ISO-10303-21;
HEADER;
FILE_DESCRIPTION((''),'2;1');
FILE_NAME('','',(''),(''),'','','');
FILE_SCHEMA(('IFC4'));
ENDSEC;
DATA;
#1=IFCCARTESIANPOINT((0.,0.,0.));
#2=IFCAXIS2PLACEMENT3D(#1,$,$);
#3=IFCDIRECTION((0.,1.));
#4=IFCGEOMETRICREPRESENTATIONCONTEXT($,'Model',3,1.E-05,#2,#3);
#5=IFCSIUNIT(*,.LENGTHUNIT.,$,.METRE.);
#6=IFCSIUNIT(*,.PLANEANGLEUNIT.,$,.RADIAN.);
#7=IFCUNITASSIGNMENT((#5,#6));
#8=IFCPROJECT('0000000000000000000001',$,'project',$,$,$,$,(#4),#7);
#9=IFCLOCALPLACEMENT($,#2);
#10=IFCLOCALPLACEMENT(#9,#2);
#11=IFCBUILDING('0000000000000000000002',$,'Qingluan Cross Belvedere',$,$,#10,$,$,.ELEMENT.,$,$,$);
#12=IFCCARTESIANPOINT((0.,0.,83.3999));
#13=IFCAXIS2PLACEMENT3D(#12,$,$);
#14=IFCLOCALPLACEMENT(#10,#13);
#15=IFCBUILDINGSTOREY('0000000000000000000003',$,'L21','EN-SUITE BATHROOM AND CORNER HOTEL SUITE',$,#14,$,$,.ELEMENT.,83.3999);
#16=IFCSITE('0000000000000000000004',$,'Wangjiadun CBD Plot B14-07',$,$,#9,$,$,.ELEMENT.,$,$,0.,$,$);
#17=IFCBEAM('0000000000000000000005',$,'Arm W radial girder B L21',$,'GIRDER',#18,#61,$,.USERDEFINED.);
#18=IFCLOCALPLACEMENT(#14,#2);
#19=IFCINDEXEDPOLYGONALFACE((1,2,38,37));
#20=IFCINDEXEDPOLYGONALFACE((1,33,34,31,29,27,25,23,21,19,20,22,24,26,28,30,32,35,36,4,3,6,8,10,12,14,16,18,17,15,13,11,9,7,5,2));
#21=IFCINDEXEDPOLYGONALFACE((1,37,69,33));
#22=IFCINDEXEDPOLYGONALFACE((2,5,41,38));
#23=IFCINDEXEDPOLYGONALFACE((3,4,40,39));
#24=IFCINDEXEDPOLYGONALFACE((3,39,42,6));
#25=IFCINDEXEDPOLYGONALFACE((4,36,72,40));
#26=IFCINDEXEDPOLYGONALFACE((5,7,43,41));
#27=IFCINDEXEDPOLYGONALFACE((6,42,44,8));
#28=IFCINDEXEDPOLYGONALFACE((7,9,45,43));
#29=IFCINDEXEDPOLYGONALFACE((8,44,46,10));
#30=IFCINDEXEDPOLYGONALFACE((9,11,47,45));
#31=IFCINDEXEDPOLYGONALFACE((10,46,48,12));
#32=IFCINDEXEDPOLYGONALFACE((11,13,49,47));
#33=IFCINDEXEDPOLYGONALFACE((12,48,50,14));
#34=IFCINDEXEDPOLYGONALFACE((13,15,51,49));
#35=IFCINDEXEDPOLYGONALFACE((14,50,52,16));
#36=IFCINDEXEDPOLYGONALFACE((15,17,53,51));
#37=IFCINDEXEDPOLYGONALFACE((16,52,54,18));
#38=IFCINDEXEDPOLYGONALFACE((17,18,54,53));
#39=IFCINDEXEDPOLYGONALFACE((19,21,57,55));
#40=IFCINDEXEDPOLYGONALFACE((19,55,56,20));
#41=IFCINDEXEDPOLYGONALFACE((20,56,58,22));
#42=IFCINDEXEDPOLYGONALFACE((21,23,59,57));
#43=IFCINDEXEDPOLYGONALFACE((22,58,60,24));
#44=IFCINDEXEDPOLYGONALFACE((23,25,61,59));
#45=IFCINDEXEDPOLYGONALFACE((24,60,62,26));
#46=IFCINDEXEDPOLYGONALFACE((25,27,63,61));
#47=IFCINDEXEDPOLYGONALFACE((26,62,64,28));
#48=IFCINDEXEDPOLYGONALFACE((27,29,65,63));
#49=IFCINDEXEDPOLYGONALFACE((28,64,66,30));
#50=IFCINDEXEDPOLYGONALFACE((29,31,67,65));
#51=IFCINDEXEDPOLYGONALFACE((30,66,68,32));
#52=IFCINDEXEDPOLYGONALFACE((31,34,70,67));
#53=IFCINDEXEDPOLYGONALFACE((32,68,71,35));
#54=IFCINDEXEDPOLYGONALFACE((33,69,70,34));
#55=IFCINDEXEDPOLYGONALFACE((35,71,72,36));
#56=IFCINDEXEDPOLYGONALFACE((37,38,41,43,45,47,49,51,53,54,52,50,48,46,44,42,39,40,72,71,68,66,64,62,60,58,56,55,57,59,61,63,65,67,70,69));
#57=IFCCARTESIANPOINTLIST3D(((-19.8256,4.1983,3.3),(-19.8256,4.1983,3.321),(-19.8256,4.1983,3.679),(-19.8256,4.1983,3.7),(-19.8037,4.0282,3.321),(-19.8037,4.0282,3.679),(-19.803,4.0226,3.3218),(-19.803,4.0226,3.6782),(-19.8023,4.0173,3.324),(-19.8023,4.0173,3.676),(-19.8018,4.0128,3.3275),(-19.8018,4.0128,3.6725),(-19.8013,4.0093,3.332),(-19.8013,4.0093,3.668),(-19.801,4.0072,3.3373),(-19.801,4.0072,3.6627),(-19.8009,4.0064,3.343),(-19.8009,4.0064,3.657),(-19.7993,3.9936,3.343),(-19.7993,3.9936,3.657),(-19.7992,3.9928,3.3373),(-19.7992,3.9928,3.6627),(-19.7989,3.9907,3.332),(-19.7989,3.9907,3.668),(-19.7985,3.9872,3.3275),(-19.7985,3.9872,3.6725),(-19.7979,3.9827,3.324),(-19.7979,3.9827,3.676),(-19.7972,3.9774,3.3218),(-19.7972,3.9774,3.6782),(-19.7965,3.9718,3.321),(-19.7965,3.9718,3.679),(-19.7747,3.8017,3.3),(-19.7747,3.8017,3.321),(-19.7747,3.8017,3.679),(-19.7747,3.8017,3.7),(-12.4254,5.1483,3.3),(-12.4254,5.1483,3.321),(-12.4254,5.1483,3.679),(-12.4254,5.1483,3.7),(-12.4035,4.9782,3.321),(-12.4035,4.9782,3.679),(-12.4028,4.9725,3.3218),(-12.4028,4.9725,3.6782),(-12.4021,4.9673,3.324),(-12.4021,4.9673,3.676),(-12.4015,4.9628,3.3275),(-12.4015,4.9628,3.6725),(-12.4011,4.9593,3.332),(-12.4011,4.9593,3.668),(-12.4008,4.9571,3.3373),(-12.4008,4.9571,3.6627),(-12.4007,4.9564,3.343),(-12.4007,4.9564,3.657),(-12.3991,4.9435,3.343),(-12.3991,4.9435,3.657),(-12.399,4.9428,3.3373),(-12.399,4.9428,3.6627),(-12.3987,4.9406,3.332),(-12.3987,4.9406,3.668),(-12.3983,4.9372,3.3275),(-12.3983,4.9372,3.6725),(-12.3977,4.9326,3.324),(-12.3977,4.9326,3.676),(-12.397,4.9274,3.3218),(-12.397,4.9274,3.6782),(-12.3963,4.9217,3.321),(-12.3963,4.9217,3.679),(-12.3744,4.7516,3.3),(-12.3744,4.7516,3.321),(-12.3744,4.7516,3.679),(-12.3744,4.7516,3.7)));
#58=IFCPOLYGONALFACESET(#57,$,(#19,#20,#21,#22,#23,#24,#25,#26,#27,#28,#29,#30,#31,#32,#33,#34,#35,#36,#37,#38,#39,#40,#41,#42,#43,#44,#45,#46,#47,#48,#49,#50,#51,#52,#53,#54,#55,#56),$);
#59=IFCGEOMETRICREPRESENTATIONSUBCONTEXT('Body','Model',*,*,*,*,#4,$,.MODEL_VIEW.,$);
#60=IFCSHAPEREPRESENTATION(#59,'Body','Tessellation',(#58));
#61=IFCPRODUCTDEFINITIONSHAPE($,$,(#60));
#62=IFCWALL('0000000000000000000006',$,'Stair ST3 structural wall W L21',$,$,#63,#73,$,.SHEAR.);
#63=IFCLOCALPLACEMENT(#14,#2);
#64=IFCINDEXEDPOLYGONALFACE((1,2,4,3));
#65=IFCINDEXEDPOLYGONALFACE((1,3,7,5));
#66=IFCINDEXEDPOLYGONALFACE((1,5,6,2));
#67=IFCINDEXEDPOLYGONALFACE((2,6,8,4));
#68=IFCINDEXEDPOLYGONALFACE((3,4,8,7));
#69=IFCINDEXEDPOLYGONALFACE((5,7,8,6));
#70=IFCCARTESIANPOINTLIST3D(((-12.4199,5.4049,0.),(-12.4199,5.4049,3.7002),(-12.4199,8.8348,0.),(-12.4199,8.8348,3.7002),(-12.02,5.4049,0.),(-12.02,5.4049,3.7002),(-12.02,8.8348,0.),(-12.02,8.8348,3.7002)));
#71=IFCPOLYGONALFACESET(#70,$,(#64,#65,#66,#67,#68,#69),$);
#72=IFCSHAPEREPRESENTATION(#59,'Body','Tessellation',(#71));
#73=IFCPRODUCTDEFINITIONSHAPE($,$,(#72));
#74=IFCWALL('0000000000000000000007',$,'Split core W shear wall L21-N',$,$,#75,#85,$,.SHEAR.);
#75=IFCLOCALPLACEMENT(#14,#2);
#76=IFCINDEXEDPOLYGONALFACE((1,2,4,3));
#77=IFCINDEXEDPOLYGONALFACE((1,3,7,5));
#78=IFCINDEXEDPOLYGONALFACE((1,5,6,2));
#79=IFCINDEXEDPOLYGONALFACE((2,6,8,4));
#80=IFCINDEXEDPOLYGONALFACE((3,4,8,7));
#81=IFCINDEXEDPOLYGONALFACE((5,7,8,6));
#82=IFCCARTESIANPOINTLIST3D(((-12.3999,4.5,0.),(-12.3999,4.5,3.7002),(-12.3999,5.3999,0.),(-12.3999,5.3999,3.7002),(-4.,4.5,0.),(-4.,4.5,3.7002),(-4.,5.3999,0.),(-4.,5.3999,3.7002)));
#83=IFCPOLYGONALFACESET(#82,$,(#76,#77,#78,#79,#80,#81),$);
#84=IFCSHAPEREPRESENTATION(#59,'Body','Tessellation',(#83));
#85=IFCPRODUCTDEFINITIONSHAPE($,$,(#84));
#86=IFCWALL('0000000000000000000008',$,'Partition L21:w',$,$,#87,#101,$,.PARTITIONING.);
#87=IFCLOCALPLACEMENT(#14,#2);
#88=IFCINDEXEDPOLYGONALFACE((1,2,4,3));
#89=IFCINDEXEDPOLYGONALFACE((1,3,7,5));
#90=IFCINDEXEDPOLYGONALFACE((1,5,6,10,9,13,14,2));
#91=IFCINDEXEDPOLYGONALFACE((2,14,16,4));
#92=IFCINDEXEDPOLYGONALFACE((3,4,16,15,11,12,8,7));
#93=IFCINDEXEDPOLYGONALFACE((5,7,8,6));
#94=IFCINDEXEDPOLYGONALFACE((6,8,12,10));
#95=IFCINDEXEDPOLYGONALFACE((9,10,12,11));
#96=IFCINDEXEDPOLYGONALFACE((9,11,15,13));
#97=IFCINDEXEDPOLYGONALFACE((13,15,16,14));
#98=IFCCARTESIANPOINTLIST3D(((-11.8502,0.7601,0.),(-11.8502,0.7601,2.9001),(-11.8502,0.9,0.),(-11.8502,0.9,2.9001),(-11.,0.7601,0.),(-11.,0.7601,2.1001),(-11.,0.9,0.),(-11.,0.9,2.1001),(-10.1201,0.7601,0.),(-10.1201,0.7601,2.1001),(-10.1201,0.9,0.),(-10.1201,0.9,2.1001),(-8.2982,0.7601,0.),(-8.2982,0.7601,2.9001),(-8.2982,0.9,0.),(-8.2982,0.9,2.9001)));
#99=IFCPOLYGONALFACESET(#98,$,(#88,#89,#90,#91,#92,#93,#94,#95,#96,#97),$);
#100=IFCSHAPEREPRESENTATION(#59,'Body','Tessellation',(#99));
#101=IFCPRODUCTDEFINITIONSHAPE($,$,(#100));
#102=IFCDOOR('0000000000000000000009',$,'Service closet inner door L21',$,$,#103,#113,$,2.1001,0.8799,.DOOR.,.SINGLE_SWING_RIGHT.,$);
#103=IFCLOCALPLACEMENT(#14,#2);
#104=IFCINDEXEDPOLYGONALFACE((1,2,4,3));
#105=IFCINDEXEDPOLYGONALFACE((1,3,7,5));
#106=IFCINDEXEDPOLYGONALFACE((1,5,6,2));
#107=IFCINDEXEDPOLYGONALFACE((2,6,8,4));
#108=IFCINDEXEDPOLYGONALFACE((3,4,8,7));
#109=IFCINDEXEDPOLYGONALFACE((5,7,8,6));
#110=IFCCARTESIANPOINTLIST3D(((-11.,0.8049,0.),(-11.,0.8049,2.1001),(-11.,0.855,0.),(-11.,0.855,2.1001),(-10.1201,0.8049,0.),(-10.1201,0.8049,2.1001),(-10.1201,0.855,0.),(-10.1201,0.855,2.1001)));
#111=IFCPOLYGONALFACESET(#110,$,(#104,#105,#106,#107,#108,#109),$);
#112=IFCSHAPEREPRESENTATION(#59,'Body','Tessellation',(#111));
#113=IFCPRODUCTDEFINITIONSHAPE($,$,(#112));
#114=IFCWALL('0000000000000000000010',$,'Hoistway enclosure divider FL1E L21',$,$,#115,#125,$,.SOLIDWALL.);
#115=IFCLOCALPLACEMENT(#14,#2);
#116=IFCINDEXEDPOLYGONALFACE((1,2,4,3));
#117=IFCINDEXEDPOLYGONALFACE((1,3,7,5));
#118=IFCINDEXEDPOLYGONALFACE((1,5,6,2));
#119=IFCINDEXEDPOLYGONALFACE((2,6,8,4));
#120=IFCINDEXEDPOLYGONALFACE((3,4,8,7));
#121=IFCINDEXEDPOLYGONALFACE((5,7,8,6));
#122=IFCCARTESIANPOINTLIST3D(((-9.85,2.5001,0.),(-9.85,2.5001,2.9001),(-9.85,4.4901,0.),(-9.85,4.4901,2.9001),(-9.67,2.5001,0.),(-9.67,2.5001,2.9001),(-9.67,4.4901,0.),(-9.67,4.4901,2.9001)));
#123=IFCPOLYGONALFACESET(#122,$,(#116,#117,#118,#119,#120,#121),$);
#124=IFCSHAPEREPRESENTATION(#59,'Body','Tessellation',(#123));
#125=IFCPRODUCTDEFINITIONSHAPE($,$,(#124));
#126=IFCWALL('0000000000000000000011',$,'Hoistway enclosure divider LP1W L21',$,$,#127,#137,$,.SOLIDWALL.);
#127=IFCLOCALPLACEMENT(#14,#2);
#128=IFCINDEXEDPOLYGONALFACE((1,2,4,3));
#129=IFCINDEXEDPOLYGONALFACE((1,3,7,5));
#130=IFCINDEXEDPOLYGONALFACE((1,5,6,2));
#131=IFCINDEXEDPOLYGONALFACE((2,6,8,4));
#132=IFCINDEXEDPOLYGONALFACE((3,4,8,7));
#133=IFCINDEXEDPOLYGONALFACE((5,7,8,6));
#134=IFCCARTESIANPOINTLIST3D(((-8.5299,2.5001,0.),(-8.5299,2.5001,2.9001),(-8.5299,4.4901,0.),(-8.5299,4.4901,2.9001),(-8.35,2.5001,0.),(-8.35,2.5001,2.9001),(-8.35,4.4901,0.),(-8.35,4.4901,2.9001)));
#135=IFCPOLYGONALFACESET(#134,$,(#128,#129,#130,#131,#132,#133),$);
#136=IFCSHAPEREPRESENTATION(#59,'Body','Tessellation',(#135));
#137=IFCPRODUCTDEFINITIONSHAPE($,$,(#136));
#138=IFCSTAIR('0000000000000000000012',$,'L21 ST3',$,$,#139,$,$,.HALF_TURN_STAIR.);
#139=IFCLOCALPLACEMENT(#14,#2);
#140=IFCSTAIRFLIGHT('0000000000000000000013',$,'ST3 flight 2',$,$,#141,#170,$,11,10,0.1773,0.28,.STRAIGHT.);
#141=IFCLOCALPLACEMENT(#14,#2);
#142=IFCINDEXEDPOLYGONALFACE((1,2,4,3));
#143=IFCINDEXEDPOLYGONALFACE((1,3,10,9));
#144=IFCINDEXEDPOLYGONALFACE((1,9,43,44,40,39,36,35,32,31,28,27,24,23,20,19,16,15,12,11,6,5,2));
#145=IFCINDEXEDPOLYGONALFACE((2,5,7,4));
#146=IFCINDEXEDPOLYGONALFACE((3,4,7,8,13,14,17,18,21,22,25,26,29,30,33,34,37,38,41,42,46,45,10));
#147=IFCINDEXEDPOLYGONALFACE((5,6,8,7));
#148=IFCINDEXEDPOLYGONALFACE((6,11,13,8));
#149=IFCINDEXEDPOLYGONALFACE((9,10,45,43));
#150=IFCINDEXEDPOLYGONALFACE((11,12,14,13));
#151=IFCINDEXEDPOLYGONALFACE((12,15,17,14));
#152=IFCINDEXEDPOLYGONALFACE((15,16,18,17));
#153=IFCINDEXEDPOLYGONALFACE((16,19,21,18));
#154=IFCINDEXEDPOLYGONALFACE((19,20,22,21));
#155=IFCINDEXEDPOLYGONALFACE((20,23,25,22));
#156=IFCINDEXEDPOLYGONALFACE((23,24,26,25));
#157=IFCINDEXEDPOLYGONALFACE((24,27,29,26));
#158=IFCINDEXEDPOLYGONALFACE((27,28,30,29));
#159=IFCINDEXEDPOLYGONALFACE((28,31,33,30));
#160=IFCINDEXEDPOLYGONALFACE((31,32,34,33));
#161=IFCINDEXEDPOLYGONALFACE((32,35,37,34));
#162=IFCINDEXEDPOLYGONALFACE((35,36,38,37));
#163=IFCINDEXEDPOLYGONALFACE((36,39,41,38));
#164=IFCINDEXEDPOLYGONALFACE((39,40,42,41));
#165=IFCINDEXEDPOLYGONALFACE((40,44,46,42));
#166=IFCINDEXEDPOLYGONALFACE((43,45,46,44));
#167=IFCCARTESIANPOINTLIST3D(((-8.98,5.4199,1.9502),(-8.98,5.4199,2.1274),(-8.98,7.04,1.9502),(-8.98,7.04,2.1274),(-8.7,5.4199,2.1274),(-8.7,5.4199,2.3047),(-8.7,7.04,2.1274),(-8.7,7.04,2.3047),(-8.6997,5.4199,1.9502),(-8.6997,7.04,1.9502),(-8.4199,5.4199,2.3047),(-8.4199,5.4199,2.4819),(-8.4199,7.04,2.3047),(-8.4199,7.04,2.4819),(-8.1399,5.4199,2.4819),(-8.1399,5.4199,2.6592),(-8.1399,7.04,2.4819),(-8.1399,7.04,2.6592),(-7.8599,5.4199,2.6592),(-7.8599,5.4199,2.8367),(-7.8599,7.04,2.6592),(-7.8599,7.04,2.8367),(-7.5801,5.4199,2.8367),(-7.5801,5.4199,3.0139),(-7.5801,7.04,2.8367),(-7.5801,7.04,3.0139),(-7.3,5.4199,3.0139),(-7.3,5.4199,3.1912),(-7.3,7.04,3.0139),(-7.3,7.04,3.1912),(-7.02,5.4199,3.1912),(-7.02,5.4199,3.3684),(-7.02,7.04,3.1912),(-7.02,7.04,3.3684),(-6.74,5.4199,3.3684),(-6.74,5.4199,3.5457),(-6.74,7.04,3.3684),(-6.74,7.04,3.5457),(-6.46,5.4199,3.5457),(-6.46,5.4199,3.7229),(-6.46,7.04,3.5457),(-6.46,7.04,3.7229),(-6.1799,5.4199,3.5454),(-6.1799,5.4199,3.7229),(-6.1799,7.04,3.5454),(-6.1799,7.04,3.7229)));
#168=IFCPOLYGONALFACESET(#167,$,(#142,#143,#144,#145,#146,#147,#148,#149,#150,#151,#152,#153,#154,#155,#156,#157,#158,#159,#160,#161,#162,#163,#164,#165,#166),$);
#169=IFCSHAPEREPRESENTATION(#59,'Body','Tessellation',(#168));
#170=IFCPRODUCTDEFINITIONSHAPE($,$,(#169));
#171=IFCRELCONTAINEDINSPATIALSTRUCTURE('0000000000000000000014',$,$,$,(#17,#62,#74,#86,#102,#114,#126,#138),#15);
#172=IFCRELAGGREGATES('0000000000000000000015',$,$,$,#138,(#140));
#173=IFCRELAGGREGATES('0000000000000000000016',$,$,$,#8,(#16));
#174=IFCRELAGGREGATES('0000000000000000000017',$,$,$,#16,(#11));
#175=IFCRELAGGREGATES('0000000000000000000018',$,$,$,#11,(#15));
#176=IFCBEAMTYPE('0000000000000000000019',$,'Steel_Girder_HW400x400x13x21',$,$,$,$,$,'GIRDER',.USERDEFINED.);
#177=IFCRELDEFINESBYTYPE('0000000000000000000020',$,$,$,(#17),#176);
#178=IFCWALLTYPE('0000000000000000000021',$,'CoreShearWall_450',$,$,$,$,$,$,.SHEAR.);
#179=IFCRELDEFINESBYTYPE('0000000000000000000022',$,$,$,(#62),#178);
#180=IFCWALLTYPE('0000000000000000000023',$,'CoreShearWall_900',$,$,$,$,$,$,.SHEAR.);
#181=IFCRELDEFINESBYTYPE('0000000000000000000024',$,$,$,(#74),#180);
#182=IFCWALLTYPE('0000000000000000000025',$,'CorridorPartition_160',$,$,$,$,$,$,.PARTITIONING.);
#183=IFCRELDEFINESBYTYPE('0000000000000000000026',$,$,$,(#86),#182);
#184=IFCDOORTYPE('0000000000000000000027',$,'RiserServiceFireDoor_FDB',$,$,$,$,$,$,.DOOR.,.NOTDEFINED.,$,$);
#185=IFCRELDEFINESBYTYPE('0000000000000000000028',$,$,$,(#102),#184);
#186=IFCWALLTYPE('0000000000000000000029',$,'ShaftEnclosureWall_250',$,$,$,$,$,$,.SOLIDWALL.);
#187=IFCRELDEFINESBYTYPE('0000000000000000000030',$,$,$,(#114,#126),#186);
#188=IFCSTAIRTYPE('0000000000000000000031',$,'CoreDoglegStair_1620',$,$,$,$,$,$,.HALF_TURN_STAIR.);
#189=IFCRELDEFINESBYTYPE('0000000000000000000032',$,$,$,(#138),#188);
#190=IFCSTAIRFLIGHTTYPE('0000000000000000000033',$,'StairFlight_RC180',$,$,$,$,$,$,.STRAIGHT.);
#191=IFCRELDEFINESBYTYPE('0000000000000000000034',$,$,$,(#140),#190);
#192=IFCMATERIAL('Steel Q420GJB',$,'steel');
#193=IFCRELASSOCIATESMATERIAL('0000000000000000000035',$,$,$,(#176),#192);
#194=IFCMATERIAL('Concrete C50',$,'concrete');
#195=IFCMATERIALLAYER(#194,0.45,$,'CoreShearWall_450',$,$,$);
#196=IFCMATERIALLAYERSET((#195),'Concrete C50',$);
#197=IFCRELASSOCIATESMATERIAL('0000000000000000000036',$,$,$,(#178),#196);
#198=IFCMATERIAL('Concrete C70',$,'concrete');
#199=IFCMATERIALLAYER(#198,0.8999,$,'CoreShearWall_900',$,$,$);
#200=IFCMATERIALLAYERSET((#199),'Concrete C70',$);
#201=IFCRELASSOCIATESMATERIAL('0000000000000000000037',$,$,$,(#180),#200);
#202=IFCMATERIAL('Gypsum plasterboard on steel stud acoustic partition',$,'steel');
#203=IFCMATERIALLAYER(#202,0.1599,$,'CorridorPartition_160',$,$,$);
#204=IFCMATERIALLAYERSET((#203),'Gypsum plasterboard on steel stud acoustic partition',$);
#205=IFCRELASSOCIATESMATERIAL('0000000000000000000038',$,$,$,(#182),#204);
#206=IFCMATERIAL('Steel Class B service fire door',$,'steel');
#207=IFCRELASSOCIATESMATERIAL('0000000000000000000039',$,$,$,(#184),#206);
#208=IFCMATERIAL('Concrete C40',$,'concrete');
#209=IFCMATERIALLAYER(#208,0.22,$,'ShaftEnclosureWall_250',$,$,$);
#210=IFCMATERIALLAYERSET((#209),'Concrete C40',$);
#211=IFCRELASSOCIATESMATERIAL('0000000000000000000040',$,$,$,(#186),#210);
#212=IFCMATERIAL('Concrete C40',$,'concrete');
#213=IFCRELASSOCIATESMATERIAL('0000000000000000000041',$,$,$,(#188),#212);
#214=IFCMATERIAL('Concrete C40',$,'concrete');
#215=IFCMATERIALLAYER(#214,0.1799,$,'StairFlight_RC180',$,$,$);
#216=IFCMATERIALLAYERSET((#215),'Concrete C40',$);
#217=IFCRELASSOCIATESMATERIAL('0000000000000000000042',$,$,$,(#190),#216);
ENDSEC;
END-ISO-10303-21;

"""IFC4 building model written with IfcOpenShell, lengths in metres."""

from ifc_helpers import new_model, si_unit, direction, frame, frame_2d, origin, origin_2d, place, context, subcontext, project, spatial, polyline, rectangle, i_section, outline, extrude, material, layer, layer_set, material_profile, profile_set, type_object, element, fill, aggregate, save


model = new_model("IFC4")

# Units and contexts
model_context = context("Model", 3, precision=1e-05, world=origin(), true_north=direction((0.0, 1.0)))
body_context = subcontext(model_context, "Body", "Model", "MODEL_VIEW")
ifc_project = project(units=[si_unit("LENGTHUNIT", "METRE"), si_unit("PLANEANGLEUNIT", "RADIAN")], contexts=[model_context])

# Site, building, storey
site_placement = place(None, origin())
site = spatial("IfcSite", under=ifc_project, at=site_placement, Name="Wangjiadun CBD Plot B14-07", CompositionType="ELEMENT", RefElevation=0.0)
building_placement = place(site_placement, origin())
building = spatial("IfcBuilding", under=site, at=building_placement, Name="Qingluan Cross Belvedere", CompositionType="ELEMENT")
storey_placement = place(building_placement, frame((0.0, 0.0, 83.3999)))
storey = spatial("IfcBuildingStorey", under=building, at=storey_placement, Name="L21", Description="EN-SUITE BATHROOM AND CORNER HOTEL SUITE", CompositionType="ELEMENT", Elevation=83.3999)

# Beam
ifc_material_1 = material(Name="Steel Q420GJB", Category="steel")
ifc_material_profile_1 = material_profile(ifc_material_1, i_section(OverallWidth=0.3999, OverallDepth=0.3999, WebThickness=0.0129, FlangeThickness=0.021, FilletRadius=0.022, at=origin_2d()), Name="HW400x400x13x21")
ifc_profile_set_1 = profile_set([ifc_material_profile_1], Name="Steel Q420GJB")
beam_type_1 = type_object("IfcBeamType", Name="Steel_Girder_HW400x400x13x21", ElementType="GIRDER", PredefinedType="USERDEFINED", material=ifc_profile_set_1)
beam_1_placement = place(storey_placement, frame((-12.3999, 4.95, 3.5), z_axis=(-0.991861, -0.127324, 0.0), x_axis=(0.127324, -0.991861, 0.0)))
element("IfcBeam", 1, at=beam_1_placement, inside=storey, type_object=beam_type_1, Name="Arm W radial girder B L21", ObjectType="GIRDER", PredefinedType="USERDEFINED", context=body_context, shape_type="SweptSolid", body=[
    extrude(i_section(OverallWidth=0.3999, OverallDepth=0.3999, WebThickness=0.0129, FlangeThickness=0.021, FilletRadius=0.022, at=origin_2d()), origin(), (0.0, 0.0, 1.0), 7.4609),
])

# Wall
ifc_material_2 = material(Name="Concrete C50", Category="concrete")
ifc_layer_1 = layer(ifc_material_2, 0.45, Name="CoreShearWall_450")
ifc_layer_set_1 = layer_set([ifc_layer_1], Name="Concrete C50")
wall_type_1 = type_object("IfcWallType", Name="CoreShearWall_450", PredefinedType="SHEAR", material=ifc_layer_set_1)
wall_1_placement = place(storey_placement, frame((-12.22, 5.405, 0.0), z_axis=(0.0, 0.0, 1.0), x_axis=(0.0, 1.0, 0.0)))
element("IfcWall", 2, at=wall_1_placement, inside=storey, type_object=wall_type_1, Name="Stair ST3 structural wall W L21", PredefinedType="SHEAR", context=body_context, shape_type="SweptSolid", body=[
    extrude(rectangle(XDim=3.4299, YDim=0.3999, at=frame_2d((1.7148, 0.0))), origin(), (0.0, 0.0, 1.0), 3.7002),
])

# Wall
ifc_material_3 = material(Name="Concrete C70", Category="concrete")
ifc_layer_2 = layer(ifc_material_3, 0.8999, Name="CoreShearWall_900")
ifc_layer_set_2 = layer_set([ifc_layer_2], Name="Concrete C70")
wall_type_2 = type_object("IfcWallType", Name="CoreShearWall_900", PredefinedType="SHEAR", material=ifc_layer_set_2)
wall_2_placement = place(storey_placement, frame((-12.3999, 4.95, 0.0), z_axis=(0.0, 0.0, 1.0), x_axis=(1.0, 0.0, 0.0)))
element("IfcWall", 3, at=wall_2_placement, inside=storey, type_object=wall_type_2, Name="Split core W shear wall L21-N", PredefinedType="SHEAR", context=body_context, shape_type="SweptSolid", body=[
    extrude(rectangle(XDim=8.3999, YDim=0.8999, at=frame_2d((4.2, 0.0))), origin(), (0.0, 0.0, 1.0), 3.7002),
])

# Wall, opening, door
ifc_material_4 = material(Name="Gypsum plasterboard on steel stud acoustic partition", Category="steel")
ifc_layer_3 = layer(ifc_material_4, 0.1599, Name="CorridorPartition_160")
ifc_layer_set_3 = layer_set([ifc_layer_3], Name="Gypsum plasterboard on steel stud acoustic partition")
wall_type_3 = type_object("IfcWallType", Name="CorridorPartition_160", PredefinedType="PARTITIONING", material=ifc_layer_set_3)
wall_3_placement = place(storey_placement, frame((-11.8501, 0.8301, 0.0), z_axis=(0.0, 0.0, 1.0), x_axis=(1.0, 0.0, 0.0)))
wall_3 = element("IfcWall", 4, at=wall_3_placement, inside=storey, type_object=wall_type_3, Name="Partition L21:w", PredefinedType="PARTITIONING", context=body_context, shape_type="SweptSolid", body=[
    extrude(rectangle(XDim=3.552, YDim=0.1399, at=frame_2d((1.7759, 0.0))), origin(), (0.0, 0.0, 1.0), 2.9001),
])
opening_1_placement = place(wall_3_placement, frame((0.8501, 0.0, 0.0)))
opening_1 = element("IfcOpeningElement", 5, at=opening_1_placement, cuts=wall_3, PredefinedType="OPENING", context=body_context, shape_type="SweptSolid", body=[
    extrude(rectangle(XDim=0.8799, YDim=2.1001, at=frame_2d((0.4399, 1.05))), frame((0.0, 0.0798, 0.0), z_axis=(0.0, -1.0, 0.0), x_axis=(1.0, 0.0, 0.0)), (0.0, 0.0, 1.0), 0.1599),
])
ifc_material_5 = material(Name="Steel Class B service fire door", Category="steel")
door_type_1 = type_object("IfcDoorType", Name="RiserServiceFireDoor_FDB", OperationType="NOTDEFINED", PredefinedType="DOOR", material=ifc_material_5)
door_1_placement = place(opening_1_placement, origin())
door_1 = element("IfcDoor", 6, at=door_1_placement, inside=storey, type_object=door_type_1, Name="Service closet inner door L21", OperationType="SINGLE_SWING_RIGHT", OverallHeight=2.1001, OverallWidth=0.8799, PredefinedType="DOOR", context=body_context, shape_type="SweptSolid", body=[
    extrude(rectangle(XDim=0.8799, YDim=2.1001, at=frame_2d((0.4399, 1.05))), frame((0.0, 0.0249, 0.0), z_axis=(0.0, -1.0, 0.0), x_axis=(1.0, 0.0, 0.0)), (0.0, 0.0, 1.0), 0.05),
])
fill(opening_1, door_1)

# Shared definitions
ifc_material_6 = material(Name="Concrete C40", Category="concrete")
ifc_layer_4 = layer(ifc_material_6, 0.22, Name="ShaftEnclosureWall_250")
ifc_layer_set_4 = layer_set([ifc_layer_4], Name="Concrete C40")
wall_type_4 = type_object("IfcWallType", Name="ShaftEnclosureWall_250", PredefinedType="SOLIDWALL", material=ifc_layer_set_4)

# Walls
for number, where, z_axis, x_axis, name in (
    (7, (-9.76, 2.5, 0.0), (0.0, 0.0, 1.0), (0.0, 1.0, 0.0), "Hoistway enclosure divider FL1E L21"),
    (8, (-8.4399, 2.5, 0.0), (0.0, 0.0, 1.0), (0.0, 1.0, 0.0), "Hoistway enclosure divider LP1W L21"),
):
    element("IfcWall", number, at=place(storey_placement, frame(where, z_axis=z_axis, x_axis=x_axis)), inside=storey, type_object=wall_type_4, Name=name, PredefinedType="SOLIDWALL", context=body_context, shape_type="SweptSolid", body=[
        extrude(rectangle(XDim=1.99, YDim=0.1799, at=frame_2d((0.9951, 0.0))), origin(), (0.0, 0.0, 1.0), 2.9001),
    ])

# Stair, stair flight
ifc_material_7 = material(Name="Concrete C40", Category="concrete")
stair_type = type_object("IfcStairType", Name="CoreDoglegStair_1620", PredefinedType="HALF_TURN_STAIR", material=ifc_material_7)
stair_placement = place(storey_placement, origin())
stair = element("IfcStair", 9, at=stair_placement, inside=storey, type_object=stair_type, Name="L21 ST3", PredefinedType="HALF_TURN_STAIR")
ifc_material_8 = material(Name="Concrete C40", Category="concrete")
ifc_layer_5 = layer(ifc_material_8, 0.1799, Name="StairFlight_RC180")
ifc_layer_set_5 = layer_set([ifc_layer_5], Name="Concrete C40")
stair_flight_type = type_object("IfcStairFlightType", Name="StairFlight_RC180", PredefinedType="STRAIGHT", material=ifc_layer_set_5)
stair_flight_placement = place(storey_placement, frame((-8.98, 6.23, 1.9502), z_axis=(0.0, 0.0, 1.0), x_axis=(1.0, 0.0, 0.0)))
stair_flight = element("IfcStairFlight", 10, at=stair_flight_placement, type_object=stair_flight_type, Name="ST3 flight 2", NumberOfRisers=11, NumberOfTreads=10, PredefinedType="STRAIGHT", RiserHeight=0.1773, TreadLength=0.28, context=body_context, shape_type="SweptSolid", body=[
    extrude(outline(polyline([(0.0, 0.0), (0.0, 0.1772), (0.28, 0.1772), (0.28, 0.3545), (0.5601, 0.3545), (0.5601, 0.5317), (0.8401, 0.5317), (0.8401, 0.709), (1.1201, 0.709), (1.1201, 0.8865), (1.3999, 0.8865), (1.3999, 1.0637), (1.6799, 1.0637), (1.6799, 1.241), (1.96, 1.241), (1.96, 1.4182), (2.24, 1.4182), (2.24, 1.5955), (2.52, 1.5955), (2.52, 1.7727), (2.8, 1.7727), (2.8, 1.95), (2.8, 1.5952), (0.2803, 0.0), (0.0, 0.0)])), frame((0.0, 0.8101, 0.0), z_axis=(0.0, -1.0, 0.0), x_axis=(1.0, 0.0, 0.0)), (0.0, 0.0, 1.0), 1.6201),
])
aggregate(stair, [stair_flight])

save(model, "model.ifc")
